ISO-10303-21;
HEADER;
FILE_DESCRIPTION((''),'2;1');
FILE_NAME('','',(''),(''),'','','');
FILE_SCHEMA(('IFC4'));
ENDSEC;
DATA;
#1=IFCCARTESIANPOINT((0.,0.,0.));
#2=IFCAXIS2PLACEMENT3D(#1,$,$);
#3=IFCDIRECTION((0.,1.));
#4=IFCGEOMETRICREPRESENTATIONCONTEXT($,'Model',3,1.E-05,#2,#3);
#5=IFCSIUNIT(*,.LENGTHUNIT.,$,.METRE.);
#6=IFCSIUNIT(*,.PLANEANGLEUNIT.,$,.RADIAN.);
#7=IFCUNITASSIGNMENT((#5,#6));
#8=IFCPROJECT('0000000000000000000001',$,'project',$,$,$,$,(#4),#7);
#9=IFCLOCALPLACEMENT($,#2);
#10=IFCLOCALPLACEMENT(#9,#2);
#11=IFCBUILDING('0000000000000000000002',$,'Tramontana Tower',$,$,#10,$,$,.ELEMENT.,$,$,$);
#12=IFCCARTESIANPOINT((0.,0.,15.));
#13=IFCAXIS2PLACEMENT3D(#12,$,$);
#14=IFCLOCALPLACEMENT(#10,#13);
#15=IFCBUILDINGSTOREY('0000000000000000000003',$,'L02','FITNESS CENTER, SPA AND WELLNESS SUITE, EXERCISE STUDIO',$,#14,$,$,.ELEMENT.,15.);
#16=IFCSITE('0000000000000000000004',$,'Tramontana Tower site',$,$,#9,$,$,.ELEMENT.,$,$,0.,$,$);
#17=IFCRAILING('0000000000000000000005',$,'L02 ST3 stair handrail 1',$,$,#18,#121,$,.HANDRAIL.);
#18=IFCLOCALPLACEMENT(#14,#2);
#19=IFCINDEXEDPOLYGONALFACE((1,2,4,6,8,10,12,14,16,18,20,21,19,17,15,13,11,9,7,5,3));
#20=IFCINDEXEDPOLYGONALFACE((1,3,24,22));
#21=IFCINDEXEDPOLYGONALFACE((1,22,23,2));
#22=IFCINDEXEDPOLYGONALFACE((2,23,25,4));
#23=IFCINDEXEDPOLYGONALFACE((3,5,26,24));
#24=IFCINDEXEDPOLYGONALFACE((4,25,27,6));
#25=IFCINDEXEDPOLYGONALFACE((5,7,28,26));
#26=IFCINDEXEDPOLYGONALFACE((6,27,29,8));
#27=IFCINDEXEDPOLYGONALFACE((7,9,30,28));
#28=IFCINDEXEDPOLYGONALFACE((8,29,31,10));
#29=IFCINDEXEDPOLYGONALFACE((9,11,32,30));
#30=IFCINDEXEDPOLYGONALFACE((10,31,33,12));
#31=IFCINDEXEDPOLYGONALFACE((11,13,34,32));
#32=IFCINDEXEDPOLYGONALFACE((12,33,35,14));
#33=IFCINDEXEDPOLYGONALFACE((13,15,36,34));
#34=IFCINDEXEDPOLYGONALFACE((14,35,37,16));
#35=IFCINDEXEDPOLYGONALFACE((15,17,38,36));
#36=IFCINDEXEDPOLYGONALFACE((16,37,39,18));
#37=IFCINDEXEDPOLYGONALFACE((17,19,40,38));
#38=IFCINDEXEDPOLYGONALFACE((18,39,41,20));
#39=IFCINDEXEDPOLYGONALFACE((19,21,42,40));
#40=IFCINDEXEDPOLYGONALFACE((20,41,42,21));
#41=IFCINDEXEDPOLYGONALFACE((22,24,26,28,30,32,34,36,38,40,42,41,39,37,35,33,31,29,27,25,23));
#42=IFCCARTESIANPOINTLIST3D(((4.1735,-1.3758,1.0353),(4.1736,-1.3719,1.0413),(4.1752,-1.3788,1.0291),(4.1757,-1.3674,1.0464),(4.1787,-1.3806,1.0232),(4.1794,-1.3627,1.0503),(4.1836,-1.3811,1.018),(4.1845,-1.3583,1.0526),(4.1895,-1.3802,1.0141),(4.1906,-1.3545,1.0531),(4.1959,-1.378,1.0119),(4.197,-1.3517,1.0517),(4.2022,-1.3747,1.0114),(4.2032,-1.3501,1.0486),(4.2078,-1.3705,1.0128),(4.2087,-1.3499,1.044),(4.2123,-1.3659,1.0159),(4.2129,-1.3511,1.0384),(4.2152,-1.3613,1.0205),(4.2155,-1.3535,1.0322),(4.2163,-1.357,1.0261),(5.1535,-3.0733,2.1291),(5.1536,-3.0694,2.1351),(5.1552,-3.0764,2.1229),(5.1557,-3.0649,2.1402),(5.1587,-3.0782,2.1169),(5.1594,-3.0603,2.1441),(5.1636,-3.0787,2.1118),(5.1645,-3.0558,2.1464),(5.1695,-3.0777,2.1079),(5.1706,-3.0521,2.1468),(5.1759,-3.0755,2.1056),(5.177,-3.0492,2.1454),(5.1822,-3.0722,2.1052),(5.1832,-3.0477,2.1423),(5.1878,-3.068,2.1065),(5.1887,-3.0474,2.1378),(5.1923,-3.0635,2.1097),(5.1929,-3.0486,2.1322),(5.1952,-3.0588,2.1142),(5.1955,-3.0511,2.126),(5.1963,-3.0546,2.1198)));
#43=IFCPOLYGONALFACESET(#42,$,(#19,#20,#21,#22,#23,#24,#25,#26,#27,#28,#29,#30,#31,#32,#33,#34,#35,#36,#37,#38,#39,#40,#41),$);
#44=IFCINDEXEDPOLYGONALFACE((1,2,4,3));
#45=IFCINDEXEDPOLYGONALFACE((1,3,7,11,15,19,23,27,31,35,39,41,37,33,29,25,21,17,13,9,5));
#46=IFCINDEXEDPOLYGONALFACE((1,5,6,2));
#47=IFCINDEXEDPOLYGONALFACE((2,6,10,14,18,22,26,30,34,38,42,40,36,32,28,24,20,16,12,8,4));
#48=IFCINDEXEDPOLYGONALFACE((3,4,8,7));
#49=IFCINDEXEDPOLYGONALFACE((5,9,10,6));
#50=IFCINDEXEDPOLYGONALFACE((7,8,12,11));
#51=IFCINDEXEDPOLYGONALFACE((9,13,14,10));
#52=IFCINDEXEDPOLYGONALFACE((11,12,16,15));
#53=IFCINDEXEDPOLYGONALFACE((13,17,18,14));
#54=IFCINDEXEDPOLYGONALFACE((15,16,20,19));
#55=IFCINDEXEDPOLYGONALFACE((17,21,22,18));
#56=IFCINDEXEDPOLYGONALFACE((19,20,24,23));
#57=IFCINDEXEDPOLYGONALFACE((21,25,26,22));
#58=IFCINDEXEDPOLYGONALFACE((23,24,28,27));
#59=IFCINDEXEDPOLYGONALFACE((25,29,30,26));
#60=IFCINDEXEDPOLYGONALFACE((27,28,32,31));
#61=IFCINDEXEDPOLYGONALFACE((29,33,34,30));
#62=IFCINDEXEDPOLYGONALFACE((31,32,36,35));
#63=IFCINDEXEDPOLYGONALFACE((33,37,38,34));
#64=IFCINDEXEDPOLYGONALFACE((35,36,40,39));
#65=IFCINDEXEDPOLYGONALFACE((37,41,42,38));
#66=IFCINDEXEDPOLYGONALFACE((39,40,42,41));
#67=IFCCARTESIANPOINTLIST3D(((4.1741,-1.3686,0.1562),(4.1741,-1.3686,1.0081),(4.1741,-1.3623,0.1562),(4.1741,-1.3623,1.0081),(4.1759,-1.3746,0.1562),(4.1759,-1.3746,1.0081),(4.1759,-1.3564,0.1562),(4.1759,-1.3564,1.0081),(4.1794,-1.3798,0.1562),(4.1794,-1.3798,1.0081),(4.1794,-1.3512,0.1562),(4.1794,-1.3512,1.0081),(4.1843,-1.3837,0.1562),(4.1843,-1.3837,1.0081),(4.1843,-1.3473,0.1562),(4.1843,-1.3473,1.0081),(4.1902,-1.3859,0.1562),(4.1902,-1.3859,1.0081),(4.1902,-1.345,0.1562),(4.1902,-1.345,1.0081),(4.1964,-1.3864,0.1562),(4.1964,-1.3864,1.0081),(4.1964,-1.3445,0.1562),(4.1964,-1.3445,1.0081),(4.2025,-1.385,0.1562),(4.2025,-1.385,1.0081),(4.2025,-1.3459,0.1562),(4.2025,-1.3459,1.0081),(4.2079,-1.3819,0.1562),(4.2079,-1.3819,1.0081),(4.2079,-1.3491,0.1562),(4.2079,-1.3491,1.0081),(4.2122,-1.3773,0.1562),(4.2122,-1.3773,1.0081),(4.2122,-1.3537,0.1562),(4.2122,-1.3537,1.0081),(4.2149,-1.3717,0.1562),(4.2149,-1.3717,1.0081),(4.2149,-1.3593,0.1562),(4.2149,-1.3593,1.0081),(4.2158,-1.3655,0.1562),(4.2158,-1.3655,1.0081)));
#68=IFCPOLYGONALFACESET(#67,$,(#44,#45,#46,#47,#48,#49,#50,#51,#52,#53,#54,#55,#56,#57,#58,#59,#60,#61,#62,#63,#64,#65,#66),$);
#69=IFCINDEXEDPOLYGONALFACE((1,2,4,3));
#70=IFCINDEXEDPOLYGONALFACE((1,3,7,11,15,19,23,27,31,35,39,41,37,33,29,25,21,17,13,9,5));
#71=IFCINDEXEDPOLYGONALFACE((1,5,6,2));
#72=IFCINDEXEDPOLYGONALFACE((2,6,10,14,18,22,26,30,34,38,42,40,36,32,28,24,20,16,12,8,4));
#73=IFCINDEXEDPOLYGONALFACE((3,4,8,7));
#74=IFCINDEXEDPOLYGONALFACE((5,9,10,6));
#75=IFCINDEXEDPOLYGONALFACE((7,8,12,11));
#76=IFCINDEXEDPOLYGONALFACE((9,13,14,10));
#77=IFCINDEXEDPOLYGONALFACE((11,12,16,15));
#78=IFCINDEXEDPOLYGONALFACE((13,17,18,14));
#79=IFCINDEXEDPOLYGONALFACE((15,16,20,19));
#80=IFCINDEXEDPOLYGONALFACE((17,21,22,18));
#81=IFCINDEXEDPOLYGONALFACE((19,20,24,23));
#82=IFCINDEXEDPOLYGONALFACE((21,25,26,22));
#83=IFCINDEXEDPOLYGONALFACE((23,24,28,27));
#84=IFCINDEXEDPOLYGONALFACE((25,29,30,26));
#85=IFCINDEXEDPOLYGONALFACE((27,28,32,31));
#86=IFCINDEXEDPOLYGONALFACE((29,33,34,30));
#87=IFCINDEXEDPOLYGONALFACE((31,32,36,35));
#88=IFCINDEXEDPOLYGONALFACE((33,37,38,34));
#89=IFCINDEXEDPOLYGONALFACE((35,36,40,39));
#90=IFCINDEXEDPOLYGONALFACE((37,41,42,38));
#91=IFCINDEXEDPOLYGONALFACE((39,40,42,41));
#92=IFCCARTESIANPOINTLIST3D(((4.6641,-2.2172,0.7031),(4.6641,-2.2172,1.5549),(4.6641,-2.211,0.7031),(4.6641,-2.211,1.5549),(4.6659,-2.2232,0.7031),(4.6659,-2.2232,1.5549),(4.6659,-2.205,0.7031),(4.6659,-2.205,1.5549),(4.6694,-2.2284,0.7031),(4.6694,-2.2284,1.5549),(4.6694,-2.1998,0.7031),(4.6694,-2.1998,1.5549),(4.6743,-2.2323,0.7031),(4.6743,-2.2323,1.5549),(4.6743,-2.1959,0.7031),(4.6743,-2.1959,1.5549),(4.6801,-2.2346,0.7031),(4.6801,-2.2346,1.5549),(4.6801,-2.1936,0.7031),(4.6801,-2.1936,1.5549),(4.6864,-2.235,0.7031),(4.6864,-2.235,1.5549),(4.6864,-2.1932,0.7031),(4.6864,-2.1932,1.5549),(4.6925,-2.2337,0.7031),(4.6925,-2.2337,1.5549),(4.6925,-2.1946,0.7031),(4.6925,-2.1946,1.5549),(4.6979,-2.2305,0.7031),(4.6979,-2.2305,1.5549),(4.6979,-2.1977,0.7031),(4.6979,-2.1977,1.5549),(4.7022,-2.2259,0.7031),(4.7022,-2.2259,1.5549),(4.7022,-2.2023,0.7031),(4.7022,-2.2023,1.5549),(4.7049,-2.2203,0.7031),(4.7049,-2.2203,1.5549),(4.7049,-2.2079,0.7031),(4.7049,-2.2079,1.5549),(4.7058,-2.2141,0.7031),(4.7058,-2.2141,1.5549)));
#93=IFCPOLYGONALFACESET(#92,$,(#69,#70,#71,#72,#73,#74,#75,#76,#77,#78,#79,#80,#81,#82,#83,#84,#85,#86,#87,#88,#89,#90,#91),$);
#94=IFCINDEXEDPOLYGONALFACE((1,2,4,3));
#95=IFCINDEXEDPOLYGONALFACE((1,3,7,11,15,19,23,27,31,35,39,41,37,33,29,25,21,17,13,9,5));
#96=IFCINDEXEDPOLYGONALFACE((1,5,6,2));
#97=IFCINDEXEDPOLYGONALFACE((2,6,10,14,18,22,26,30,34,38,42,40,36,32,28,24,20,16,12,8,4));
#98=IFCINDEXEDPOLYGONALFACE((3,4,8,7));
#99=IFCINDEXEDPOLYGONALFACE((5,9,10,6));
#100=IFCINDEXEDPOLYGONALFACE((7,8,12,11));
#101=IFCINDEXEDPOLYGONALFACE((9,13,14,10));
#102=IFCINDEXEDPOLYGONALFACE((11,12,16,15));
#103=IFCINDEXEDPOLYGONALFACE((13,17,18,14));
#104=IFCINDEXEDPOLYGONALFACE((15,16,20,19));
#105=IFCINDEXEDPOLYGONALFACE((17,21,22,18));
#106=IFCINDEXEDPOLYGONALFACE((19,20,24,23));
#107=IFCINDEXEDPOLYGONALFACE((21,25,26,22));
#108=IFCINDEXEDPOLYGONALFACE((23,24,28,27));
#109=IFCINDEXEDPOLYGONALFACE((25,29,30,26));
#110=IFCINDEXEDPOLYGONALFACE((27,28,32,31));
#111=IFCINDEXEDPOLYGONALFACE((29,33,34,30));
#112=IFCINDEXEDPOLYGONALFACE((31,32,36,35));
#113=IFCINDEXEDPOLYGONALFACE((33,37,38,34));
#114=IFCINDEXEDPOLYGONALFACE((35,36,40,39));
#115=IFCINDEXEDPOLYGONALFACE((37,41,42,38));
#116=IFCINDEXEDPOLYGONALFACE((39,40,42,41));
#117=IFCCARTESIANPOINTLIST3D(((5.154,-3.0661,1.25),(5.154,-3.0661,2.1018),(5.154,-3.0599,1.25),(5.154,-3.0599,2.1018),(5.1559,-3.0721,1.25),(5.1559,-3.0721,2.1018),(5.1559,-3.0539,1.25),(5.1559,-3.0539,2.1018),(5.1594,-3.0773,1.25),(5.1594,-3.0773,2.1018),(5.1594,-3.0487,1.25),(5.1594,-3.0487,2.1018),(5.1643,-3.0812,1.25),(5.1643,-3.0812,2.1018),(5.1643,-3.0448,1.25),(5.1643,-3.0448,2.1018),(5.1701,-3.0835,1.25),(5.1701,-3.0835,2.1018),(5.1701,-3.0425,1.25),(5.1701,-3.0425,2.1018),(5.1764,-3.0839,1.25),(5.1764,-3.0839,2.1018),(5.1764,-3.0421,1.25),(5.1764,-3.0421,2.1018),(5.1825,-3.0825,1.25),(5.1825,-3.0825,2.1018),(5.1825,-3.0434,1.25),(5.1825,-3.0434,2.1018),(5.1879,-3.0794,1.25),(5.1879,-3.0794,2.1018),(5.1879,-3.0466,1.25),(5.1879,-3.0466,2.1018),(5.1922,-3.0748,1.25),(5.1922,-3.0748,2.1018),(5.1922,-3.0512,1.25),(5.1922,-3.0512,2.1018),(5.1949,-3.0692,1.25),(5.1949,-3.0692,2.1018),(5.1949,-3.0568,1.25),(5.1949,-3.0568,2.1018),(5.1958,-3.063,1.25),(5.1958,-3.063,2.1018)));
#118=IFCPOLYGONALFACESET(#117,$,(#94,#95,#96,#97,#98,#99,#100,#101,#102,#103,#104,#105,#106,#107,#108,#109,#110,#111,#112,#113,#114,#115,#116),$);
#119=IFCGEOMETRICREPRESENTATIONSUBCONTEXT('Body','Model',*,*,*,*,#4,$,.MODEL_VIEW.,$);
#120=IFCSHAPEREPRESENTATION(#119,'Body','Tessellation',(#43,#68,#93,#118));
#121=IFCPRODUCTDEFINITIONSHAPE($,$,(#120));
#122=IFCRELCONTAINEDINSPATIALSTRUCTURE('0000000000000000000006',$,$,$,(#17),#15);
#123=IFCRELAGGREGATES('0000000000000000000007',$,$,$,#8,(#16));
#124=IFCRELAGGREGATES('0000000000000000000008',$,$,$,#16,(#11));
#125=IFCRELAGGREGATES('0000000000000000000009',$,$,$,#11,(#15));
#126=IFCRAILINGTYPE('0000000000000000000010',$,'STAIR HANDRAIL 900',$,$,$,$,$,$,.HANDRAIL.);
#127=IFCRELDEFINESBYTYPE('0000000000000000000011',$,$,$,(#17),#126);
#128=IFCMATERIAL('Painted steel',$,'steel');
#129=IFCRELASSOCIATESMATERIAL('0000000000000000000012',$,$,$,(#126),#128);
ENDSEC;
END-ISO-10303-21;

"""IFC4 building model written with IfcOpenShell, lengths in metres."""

from ifc_helpers import new_model, si_unit, direction, frame, origin, origin_2d, place, context, subcontext, project, spatial, circle, extrude, material, type_object, element, save


model = new_model("IFC4")

# Units and contexts
model_context = context("Model", 3, precision=1e-05, world=origin(), true_north=direction((0.0, 1.0)))
body_context = subcontext(model_context, "Body", "Model", "MODEL_VIEW")
ifc_project = project(units=[si_unit("LENGTHUNIT", "METRE"), si_unit("PLANEANGLEUNIT", "RADIAN")], contexts=[model_context])

# Site, building, storey
site_placement = place(None, origin())
site = spatial("IfcSite", under=ifc_project, at=site_placement, Name="Tramontana Tower site", CompositionType="ELEMENT", RefElevation=0.0)
building_placement = place(site_placement, origin())
building = spatial("IfcBuilding", under=site, at=building_placement, Name="Tramontana Tower", CompositionType="ELEMENT")
storey_placement = place(building_placement, frame((0.0, 0.0, 15.0)))
storey = spatial("IfcBuildingStorey", under=building, at=storey_placement, Name="L02", Description="FITNESS CENTER, SPA AND WELLNESS SUITE, EXERCISE STUDIO", CompositionType="ELEMENT", Elevation=15.0)

# Railing
ifc_material_1 = material(Name="Painted steel", Category="steel")
railing_type_1 = type_object("IfcRailingType", Name="STAIR HANDRAIL 900", PredefinedType="HANDRAIL", material=ifc_material_1)
railing_1_placement = place(storey_placement, frame((4.1948, -1.3655, 0.1562)))
element("IfcRailing", 1, at=railing_1_placement, inside=storey, type_object=railing_type_1, Name="L02 ST3 stair handrail 1", PredefinedType="HANDRAIL", context=body_context, shape_type="SweptSolid", body=[
    extrude(circle(Radius=0.0239, at=origin_2d()), frame((0.0, 0.0, 0.876), z_axis=(0.436596, -0.756267, 0.487282), x_axis=(0.866042, 0.49997, 0.0)), (0.0, 0.0, 1.0), 2.2446),
    extrude(circle(Radius=0.021, at=origin_2d()), origin(), (0.0, 0.0, 1.0), 0.8518),
    extrude(circle(Radius=0.021, at=origin_2d()), frame((0.49, -0.8486, 0.5469)), (0.0, 0.0, 1.0), 0.8518),
    extrude(circle(Radius=0.021, at=origin_2d()), frame((0.98, -1.6975, 1.0938)), (0.0, 0.0, 1.0), 0.8518),
])

save(model, "model.ifc")
